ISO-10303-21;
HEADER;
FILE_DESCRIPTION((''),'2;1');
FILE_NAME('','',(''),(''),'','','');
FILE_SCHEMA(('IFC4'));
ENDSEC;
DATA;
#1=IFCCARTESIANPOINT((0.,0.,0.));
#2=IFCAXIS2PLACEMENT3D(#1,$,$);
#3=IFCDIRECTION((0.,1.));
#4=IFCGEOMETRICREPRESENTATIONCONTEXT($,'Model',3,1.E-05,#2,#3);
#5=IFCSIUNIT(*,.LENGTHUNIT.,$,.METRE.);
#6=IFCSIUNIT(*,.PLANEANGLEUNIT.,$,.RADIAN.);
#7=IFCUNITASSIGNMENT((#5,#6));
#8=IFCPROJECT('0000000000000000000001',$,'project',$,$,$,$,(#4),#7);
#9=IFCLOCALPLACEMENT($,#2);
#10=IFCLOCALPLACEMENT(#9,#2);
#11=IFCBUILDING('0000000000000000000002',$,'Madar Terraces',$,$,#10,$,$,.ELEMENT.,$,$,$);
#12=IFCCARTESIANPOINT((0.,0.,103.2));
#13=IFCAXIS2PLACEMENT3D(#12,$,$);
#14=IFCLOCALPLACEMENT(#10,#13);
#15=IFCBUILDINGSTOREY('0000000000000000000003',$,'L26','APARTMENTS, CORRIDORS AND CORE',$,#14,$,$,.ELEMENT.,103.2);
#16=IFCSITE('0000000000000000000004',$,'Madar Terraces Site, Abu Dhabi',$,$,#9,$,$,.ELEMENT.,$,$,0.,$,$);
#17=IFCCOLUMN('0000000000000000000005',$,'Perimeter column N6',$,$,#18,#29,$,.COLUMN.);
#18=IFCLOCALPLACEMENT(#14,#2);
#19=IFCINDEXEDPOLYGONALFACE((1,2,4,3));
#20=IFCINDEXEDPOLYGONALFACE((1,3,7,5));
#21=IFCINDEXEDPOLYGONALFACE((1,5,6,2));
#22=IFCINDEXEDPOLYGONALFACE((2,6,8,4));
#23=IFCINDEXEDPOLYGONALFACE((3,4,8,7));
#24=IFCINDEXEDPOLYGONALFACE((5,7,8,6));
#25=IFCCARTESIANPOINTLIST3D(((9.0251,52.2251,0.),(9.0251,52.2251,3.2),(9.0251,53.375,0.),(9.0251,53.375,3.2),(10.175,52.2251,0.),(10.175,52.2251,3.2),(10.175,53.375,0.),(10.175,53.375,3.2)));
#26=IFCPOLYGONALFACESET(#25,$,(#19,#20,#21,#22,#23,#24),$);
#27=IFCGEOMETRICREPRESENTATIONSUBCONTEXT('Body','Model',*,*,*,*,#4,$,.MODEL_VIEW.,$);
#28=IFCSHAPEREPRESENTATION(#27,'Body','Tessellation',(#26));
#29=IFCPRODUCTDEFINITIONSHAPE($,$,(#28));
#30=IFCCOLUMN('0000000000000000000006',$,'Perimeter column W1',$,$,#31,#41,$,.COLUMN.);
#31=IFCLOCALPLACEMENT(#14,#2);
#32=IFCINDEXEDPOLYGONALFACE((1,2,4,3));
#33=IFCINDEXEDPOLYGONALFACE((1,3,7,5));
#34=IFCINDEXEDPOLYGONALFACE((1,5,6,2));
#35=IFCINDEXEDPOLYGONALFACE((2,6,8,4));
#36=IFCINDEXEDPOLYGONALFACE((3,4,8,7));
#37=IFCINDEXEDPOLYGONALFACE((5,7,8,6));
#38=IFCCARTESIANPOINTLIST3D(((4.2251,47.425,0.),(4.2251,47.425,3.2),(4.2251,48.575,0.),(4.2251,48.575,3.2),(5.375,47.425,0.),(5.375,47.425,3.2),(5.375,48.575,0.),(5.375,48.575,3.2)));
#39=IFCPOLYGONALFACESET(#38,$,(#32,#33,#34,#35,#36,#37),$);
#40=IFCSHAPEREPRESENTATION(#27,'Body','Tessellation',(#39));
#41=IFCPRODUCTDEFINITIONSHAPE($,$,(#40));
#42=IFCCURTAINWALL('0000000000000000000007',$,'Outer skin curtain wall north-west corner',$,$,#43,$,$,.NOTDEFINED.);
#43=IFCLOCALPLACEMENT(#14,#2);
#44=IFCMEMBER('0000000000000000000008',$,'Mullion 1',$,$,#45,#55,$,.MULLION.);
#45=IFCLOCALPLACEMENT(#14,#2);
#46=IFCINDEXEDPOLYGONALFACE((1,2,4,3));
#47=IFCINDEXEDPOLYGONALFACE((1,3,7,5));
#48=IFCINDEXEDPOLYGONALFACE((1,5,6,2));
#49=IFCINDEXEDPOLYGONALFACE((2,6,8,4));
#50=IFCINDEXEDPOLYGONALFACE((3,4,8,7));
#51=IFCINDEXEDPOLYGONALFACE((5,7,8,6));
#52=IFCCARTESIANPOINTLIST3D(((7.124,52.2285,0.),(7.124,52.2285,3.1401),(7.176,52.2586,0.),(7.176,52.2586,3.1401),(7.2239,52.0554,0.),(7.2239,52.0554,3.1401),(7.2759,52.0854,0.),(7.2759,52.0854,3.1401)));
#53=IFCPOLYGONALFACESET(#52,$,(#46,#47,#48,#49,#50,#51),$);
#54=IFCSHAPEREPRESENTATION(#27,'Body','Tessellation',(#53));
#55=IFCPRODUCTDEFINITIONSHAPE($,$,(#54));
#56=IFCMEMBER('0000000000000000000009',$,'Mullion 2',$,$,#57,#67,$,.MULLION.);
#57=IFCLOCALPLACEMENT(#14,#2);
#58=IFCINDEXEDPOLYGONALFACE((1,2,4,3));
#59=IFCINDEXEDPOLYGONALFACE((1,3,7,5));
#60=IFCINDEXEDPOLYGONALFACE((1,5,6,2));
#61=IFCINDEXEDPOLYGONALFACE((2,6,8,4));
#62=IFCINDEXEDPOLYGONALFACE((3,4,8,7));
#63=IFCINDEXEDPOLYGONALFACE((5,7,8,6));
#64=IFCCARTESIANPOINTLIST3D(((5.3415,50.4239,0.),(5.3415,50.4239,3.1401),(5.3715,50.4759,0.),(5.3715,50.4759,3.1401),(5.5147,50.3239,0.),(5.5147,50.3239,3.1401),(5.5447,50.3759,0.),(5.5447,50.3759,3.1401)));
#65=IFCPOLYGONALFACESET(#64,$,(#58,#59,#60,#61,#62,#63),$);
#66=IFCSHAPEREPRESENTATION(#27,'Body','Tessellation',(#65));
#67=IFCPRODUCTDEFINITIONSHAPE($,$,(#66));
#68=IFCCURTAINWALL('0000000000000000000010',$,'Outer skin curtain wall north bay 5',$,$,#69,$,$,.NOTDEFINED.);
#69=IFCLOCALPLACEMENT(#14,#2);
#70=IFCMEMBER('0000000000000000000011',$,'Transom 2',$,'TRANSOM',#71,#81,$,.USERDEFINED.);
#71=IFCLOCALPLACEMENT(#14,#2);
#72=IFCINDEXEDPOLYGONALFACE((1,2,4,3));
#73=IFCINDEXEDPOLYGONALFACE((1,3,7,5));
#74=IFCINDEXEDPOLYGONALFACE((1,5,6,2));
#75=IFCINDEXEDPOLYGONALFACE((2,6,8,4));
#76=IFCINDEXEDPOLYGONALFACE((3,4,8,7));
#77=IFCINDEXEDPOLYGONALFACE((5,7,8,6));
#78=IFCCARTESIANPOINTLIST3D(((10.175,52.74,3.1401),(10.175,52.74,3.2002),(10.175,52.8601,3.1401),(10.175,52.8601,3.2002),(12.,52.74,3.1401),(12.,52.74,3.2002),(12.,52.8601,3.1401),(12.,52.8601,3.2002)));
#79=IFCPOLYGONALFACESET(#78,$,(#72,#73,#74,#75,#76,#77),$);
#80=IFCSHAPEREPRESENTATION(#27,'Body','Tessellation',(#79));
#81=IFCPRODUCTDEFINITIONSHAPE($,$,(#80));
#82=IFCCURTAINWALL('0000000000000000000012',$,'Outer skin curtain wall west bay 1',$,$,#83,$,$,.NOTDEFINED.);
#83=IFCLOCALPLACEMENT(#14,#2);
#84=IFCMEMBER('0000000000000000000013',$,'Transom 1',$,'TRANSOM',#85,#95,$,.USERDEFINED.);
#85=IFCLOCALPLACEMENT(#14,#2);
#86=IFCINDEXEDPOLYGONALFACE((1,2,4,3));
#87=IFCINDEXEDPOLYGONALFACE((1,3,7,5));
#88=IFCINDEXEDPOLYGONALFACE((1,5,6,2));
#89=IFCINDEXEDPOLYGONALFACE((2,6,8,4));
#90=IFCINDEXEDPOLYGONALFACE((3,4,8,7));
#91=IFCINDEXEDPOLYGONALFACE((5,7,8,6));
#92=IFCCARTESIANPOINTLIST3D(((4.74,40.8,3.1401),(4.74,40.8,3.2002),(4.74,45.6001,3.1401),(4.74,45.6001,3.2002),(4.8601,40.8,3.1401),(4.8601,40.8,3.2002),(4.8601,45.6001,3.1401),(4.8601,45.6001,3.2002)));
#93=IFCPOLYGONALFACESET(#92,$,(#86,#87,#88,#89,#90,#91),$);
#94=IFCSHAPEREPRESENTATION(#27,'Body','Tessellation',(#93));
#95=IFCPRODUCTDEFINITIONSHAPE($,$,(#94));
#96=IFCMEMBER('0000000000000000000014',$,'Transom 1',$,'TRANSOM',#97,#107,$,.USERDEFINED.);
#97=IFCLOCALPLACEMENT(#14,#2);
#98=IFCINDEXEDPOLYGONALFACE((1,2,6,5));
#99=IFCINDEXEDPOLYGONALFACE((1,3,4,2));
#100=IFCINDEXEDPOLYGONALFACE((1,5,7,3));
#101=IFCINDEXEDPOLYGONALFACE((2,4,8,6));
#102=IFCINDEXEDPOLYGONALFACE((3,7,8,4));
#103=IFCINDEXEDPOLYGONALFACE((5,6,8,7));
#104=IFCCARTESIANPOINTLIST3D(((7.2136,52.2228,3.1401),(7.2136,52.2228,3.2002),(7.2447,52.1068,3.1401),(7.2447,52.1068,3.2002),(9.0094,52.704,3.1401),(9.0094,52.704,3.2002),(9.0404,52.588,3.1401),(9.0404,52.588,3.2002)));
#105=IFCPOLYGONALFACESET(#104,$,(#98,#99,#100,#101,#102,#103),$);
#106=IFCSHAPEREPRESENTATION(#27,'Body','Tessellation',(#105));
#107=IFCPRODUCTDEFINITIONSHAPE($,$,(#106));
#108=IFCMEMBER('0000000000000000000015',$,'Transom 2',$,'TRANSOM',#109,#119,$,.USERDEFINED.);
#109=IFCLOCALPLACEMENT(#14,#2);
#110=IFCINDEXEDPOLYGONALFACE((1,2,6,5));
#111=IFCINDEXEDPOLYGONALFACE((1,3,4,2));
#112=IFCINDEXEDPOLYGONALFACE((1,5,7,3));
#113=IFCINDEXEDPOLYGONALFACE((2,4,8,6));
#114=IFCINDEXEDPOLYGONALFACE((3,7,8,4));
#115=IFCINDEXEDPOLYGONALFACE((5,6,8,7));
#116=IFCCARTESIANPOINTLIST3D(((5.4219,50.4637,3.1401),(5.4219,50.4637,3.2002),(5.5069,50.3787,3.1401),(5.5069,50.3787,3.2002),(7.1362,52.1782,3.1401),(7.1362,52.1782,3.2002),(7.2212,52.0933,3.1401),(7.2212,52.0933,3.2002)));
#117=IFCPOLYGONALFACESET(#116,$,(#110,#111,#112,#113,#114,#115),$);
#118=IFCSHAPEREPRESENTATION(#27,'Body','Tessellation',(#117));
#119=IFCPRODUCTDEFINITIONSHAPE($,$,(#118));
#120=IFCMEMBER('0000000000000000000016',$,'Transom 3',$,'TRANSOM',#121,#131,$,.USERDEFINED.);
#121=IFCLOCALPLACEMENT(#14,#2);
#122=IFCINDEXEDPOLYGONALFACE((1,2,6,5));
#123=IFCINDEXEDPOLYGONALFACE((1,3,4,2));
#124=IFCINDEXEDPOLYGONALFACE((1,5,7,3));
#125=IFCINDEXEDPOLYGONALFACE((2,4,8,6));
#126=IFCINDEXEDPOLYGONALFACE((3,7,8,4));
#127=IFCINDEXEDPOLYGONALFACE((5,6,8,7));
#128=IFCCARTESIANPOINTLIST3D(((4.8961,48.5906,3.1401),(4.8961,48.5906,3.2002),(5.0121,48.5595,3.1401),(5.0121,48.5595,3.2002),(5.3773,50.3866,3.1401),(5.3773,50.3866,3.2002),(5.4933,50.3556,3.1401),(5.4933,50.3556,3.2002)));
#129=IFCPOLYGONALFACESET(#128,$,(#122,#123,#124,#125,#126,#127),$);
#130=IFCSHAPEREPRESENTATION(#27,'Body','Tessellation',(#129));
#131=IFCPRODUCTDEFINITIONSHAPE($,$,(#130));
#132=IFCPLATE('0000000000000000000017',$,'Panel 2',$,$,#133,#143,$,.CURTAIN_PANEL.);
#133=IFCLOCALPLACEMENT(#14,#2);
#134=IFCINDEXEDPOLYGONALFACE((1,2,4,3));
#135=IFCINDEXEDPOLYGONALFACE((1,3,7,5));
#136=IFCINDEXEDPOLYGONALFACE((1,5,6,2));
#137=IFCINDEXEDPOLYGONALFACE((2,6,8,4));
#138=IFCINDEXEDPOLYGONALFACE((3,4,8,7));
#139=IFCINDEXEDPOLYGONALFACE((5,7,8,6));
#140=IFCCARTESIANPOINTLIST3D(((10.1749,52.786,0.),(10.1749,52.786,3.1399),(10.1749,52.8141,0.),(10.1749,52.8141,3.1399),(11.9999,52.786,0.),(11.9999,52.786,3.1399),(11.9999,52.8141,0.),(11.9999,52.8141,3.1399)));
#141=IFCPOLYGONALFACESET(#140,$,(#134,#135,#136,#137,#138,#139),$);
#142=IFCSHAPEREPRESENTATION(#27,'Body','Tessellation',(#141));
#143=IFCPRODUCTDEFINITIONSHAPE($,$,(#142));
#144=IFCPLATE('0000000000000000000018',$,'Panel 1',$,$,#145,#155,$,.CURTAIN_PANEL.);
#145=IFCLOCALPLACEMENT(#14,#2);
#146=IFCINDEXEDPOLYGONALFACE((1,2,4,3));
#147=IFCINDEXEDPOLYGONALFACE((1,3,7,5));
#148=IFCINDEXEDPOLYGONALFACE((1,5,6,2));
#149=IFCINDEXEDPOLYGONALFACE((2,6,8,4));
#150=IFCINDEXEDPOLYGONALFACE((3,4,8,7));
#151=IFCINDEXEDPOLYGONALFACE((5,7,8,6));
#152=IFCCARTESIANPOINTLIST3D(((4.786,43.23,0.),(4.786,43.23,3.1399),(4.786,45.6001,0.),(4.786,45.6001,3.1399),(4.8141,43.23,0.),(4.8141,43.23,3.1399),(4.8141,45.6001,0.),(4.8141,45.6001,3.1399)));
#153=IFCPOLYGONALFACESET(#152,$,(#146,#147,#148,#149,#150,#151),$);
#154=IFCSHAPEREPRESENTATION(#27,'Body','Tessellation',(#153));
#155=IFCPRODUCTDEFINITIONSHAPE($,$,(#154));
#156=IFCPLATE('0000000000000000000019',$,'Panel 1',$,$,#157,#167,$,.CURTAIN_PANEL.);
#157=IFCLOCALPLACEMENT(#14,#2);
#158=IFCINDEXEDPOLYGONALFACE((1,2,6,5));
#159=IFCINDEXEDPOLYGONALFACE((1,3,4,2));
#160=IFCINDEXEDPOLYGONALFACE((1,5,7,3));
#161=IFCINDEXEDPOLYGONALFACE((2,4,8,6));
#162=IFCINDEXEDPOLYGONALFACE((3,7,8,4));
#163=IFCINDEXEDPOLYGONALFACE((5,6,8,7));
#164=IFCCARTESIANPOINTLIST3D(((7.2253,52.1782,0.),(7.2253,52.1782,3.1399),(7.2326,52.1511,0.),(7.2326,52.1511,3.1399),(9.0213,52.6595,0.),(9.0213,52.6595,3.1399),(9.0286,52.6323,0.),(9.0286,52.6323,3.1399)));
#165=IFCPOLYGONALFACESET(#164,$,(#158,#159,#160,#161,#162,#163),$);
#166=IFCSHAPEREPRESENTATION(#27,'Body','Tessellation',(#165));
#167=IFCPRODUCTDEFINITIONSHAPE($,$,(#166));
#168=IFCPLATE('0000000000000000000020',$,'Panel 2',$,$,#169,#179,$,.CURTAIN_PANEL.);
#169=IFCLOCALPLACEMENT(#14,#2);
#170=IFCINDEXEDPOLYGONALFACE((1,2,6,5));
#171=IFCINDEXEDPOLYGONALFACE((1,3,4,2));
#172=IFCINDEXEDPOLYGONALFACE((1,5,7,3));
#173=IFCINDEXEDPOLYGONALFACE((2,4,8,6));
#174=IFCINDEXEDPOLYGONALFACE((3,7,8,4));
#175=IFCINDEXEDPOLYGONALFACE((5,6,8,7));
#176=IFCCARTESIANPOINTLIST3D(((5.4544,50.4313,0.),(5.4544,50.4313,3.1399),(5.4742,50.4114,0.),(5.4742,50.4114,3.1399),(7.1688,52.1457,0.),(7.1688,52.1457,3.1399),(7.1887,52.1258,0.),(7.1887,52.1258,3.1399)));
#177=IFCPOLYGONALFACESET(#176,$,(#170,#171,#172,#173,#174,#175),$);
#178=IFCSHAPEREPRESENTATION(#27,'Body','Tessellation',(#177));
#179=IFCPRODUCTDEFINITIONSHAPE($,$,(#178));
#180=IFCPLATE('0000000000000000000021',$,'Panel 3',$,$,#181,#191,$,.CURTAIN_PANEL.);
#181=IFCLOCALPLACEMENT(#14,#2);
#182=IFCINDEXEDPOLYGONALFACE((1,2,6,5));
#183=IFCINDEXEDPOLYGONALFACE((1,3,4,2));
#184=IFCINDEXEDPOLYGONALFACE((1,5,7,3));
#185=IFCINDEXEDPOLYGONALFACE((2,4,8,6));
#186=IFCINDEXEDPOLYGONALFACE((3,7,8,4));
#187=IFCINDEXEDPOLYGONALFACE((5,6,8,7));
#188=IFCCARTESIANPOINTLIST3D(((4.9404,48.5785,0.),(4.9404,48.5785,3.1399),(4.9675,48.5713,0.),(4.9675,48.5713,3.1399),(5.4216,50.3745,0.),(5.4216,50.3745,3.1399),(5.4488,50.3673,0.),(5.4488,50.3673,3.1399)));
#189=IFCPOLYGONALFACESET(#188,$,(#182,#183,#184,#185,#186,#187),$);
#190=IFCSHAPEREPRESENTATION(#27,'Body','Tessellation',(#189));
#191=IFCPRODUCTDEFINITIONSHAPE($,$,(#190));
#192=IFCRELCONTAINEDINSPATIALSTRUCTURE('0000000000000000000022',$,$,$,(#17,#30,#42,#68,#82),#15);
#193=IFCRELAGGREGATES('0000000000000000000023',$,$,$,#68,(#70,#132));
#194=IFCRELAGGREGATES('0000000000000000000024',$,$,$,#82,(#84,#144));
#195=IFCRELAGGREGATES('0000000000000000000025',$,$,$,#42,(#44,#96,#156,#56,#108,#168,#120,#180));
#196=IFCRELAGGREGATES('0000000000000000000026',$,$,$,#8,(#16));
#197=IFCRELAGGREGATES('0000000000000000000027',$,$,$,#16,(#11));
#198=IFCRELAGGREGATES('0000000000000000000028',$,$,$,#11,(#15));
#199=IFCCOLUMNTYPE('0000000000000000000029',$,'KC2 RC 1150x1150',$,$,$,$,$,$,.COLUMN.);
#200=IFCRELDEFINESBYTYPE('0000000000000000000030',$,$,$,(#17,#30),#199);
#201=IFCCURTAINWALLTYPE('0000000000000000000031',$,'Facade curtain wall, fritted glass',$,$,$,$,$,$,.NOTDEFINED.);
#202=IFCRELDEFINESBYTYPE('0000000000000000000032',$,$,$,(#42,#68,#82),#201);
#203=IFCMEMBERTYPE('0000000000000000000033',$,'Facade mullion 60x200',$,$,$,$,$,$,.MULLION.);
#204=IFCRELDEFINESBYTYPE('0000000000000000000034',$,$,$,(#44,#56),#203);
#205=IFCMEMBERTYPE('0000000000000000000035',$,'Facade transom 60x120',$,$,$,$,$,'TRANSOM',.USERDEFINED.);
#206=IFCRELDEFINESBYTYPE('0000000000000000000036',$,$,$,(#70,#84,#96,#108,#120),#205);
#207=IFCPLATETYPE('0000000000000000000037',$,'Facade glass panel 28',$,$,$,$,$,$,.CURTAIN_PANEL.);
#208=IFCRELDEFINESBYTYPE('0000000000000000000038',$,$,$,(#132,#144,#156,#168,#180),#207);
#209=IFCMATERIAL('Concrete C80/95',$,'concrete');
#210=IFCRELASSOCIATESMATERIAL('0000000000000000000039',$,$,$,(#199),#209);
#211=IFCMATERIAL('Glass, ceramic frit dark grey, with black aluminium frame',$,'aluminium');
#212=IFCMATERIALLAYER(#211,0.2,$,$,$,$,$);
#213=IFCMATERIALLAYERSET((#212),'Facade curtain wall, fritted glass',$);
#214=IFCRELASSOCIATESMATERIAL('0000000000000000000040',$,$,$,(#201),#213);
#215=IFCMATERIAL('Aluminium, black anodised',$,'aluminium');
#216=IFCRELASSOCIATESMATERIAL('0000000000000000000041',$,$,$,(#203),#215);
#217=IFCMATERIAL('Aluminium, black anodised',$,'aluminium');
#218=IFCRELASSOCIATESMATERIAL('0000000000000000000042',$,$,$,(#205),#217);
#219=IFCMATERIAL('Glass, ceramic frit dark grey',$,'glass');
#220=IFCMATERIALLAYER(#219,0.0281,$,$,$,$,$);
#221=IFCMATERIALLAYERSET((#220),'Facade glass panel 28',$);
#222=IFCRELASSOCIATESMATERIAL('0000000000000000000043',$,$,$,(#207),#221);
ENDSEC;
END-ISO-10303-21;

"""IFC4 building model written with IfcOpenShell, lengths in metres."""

from ifc_helpers import new_model, si_unit, direction, frame, origin, origin_2d, place, context, subcontext, project, spatial, rectangle, extrude, material, layer, layer_set, material_profile, profile_set, type_object, element, aggregate, save


model = new_model("IFC4")

# Units and contexts
model_context = context("Model", 3, precision=1e-05, world=origin(), true_north=direction((0.0, 1.0)))
body_context = subcontext(model_context, "Body", "Model", "MODEL_VIEW")
ifc_project = project(units=[si_unit("LENGTHUNIT", "METRE"), si_unit("PLANEANGLEUNIT", "RADIAN")], contexts=[model_context])

# Site, building, storey
site_placement = place(None, origin())
site = spatial("IfcSite", under=ifc_project, at=site_placement, Name="Madar Terraces Site, Abu Dhabi", CompositionType="ELEMENT", RefElevation=0.0)
building_placement = place(site_placement, origin())
building = spatial("IfcBuilding", under=site, at=building_placement, Name="Madar Terraces", CompositionType="ELEMENT")
storey_placement = place(building_placement, frame((0.0, 0.0, 103.2)))
storey = spatial("IfcBuildingStorey", under=building, at=storey_placement, Name="L26", Description="APARTMENTS, CORRIDORS AND CORE", CompositionType="ELEMENT", Elevation=103.2)

# Columns
ifc_material_1 = material(Name="Concrete C80/95", Category="concrete")
ifc_material_profile_1 = material_profile(ifc_material_1, rectangle(XDim=1.1499, YDim=1.1499, at=origin_2d()), Name="KC2 RC 1150x1150")
ifc_profile_set_1 = profile_set([ifc_material_profile_1], Name="Concrete C80/95")
column_type = type_object("IfcColumnType", Name="KC2 RC 1150x1150", PredefinedType="COLUMN", material=ifc_profile_set_1)
for number, where, z_axis, x_axis, name in (
    (1, (9.6001, 52.8, 0.0), (0.0, 0.0, 1.0), (1.0, 0.0, 0.0), "Perimeter column N6"),
    (2, (4.8, 48.0, 0.0), (0.0, 0.0, 1.0), (1.0, 0.0, 0.0), "Perimeter column W1"),
):
    element("IfcColumn", number, at=place(storey_placement, frame(where, z_axis=z_axis, x_axis=x_axis)), inside=storey, type_object=column_type, Name=name, PredefinedType="COLUMN", context=body_context, shape_type="SweptSolid", body=[
        extrude(rectangle(XDim=1.1499, YDim=1.1499, at=origin_2d()), origin(), (0.0, 0.0, 1.0), 3.2),
    ])

# Curtain wall, members
ifc_material_2 = material(Name="Glass, ceramic frit dark grey, with black aluminium frame", Category="aluminium")
ifc_layer_1 = layer(ifc_material_2, 0.2)
ifc_layer_set_1 = layer_set([ifc_layer_1], Name="Facade curtain wall, fritted glass")
curtain_wall_type = type_object("IfcCurtainWallType", Name="Facade curtain wall, fritted glass", PredefinedType="NOTDEFINED", material=ifc_layer_set_1)
curtain_wall_1_placement = place(storey_placement, origin())
curtain_wall_1 = element("IfcCurtainWall", 3, at=curtain_wall_1_placement, inside=storey, type_object=curtain_wall_type, Name="Outer skin curtain wall north-west corner", PredefinedType="NOTDEFINED")
ifc_material_3 = material(Name="Aluminium, black anodised", Category="aluminium")
ifc_material_profile_2 = material_profile(ifc_material_3, rectangle(XDim=0.2, YDim=0.0601, at=origin_2d()), Name="Facade mullion 60x200")
ifc_profile_set_2 = profile_set([ifc_material_profile_2], Name="Aluminium, black anodised")
member_type_1 = type_object("IfcMemberType", Name="Facade mullion 60x200", PredefinedType="MULLION", material=ifc_profile_set_2)
member_1_placement = place(storey_placement, frame((7.2, 52.157, 0.0), z_axis=(0.0, 0.0, 1.0), x_axis=(0.5, -0.866025, 0.0)))
member_1 = element("IfcMember", 4, at=member_1_placement, type_object=member_type_1, Name="Mullion 1", PredefinedType="MULLION", context=body_context, shape_type="SweptSolid", body=[
    extrude(rectangle(XDim=0.2, YDim=0.0601, at=origin_2d()), origin(), (0.0, 0.0, 1.0), 3.1401),
])
member_2_placement = place(storey_placement, frame((5.4431, 50.3999, 0.0), z_axis=(0.0, 0.0, 1.0), x_axis=(0.866025, -0.5, 0.0)))
member_2 = element("IfcMember", 5, at=member_2_placement, type_object=member_type_1, Name="Mullion 2", PredefinedType="MULLION", context=body_context, shape_type="SweptSolid", body=[
    extrude(rectangle(XDim=0.2, YDim=0.0601, at=origin_2d()), origin(), (0.0, 0.0, 1.0), 3.1401),
])

# Curtain walls, members
curtain_wall_2_placement = place(storey_placement, origin())
curtain_wall_2 = element("IfcCurtainWall", 6, at=curtain_wall_2_placement, inside=storey, type_object=curtain_wall_type, Name="Outer skin curtain wall north bay 5", PredefinedType="NOTDEFINED")
ifc_material_4 = material(Name="Aluminium, black anodised", Category="aluminium")
ifc_material_profile_3 = material_profile(ifc_material_4, rectangle(XDim=0.1201, YDim=0.0601, at=origin_2d()), Name="Facade transom 60x120")
ifc_profile_set_3 = profile_set([ifc_material_profile_3], Name="Aluminium, black anodised")
member_type_2 = type_object("IfcMemberType", Name="Facade transom 60x120", ElementType="TRANSOM", PredefinedType="USERDEFINED", material=ifc_profile_set_3)
member_3_placement = place(storey_placement, frame((12.0, 52.8, 3.1702), z_axis=(-1.0, 0.0, 0.0), x_axis=(0.0, -1.0, 0.0)))
member_3 = element("IfcMember", 7, at=member_3_placement, type_object=member_type_2, Name="Transom 2", ObjectType="TRANSOM", PredefinedType="USERDEFINED", context=body_context, shape_type="SweptSolid", body=[
    extrude(rectangle(XDim=0.1201, YDim=0.0601, at=origin_2d()), origin(), (0.0, 0.0, 1.0), 1.825),
])
curtain_wall_3_placement = place(storey_placement, origin())
curtain_wall_3 = element("IfcCurtainWall", 8, at=curtain_wall_3_placement, inside=storey, type_object=curtain_wall_type, Name="Outer skin curtain wall west bay 1", PredefinedType="NOTDEFINED")
member_4_placement = place(storey_placement, frame((4.8, 45.6001, 3.1702), z_axis=(0.0, -1.0, 0.0), x_axis=(1.0, 0.0, 0.0)))
member_4 = element("IfcMember", 9, at=member_4_placement, type_object=member_type_2, Name="Transom 1", ObjectType="TRANSOM", PredefinedType="USERDEFINED", context=body_context, shape_type="SweptSolid", body=[
    extrude(rectangle(XDim=0.1201, YDim=0.0601, at=origin_2d()), origin(), (0.0, 0.0, 1.0), 4.8),
])

# Members
member_5_placement = place(storey_placement, frame((9.0249, 52.646, 3.1702), z_axis=(-0.965927, -0.258815, 0.0), x_axis=(0.258815, -0.965927, 0.0)))
member_5 = element("IfcMember", 10, at=member_5_placement, type_object=member_type_2, Name="Transom 1", ObjectType="TRANSOM", PredefinedType="USERDEFINED", context=body_context, shape_type="SweptSolid", body=[
    extrude(rectangle(XDim=0.1201, YDim=0.0601, at=origin_2d()), origin(), (0.0, 0.0, 1.0), 1.8591),
])
member_6_placement = place(storey_placement, frame((7.1787, 52.1357, 3.1702), z_axis=(-0.707056, -0.707157, 0.0), x_axis=(0.707157, -0.707056, 0.0)))
member_6 = element("IfcMember", 11, at=member_6_placement, type_object=member_type_2, Name="Transom 2", ObjectType="TRANSOM", PredefinedType="USERDEFINED", context=body_context, shape_type="SweptSolid", body=[
    extrude(rectangle(XDim=0.1201, YDim=0.0601, at=origin_2d()), origin(), (0.0, 0.0, 1.0), 2.4246),
])
member_7_placement = place(storey_placement, frame((5.4353, 50.3711, 3.1702), z_axis=(-0.258782, -0.965936, 0.0), x_axis=(0.965936, -0.258782, 0.0)))
member_7 = element("IfcMember", 12, at=member_7_placement, type_object=member_type_2, Name="Transom 3", ObjectType="TRANSOM", PredefinedType="USERDEFINED", context=body_context, shape_type="SweptSolid", body=[
    extrude(rectangle(XDim=0.1201, YDim=0.0601, at=origin_2d()), origin(), (0.0, 0.0, 1.0), 1.8594),
])

# Plates
ifc_material_5 = material(Name="Glass, ceramic frit dark grey", Category="glass")
ifc_layer_2 = layer(ifc_material_5, 0.0281)
ifc_layer_set_2 = layer_set([ifc_layer_2], Name="Facade glass panel 28")
plate_type = type_object("IfcPlateType", Name="Facade glass panel 28", PredefinedType="CURTAIN_PANEL", material=ifc_layer_set_2)
plate_1_placement = place(storey_placement, frame((11.0874, 52.8, 0.0), z_axis=(0.0, 0.0, 1.0), x_axis=(-1.0, 0.0, 0.0)))
plate_1 = element("IfcPlate", 13, at=plate_1_placement, type_object=plate_type, Name="Panel 2", PredefinedType="CURTAIN_PANEL", context=body_context, shape_type="SweptSolid", body=[
    extrude(rectangle(XDim=1.825, YDim=0.0281, at=origin_2d()), origin(), (0.0, 0.0, 1.0), 3.1399),
])
aggregate(curtain_wall_2, [member_3, plate_1])
plate_2_placement = place(storey_placement, frame((4.8, 44.415, 0.0), z_axis=(0.0, 0.0, 1.0), x_axis=(0.0, -1.0, 0.0)))
plate_2 = element("IfcPlate", 14, at=plate_2_placement, type_object=plate_type, Name="Panel 1", PredefinedType="CURTAIN_PANEL", context=body_context, shape_type="SweptSolid", body=[
    extrude(rectangle(XDim=2.3701, YDim=0.0281, at=origin_2d()), origin(), (0.0, 0.0, 1.0), 3.1399),
])
aggregate(curtain_wall_3, [member_4, plate_2])
plate_3_placement = place(storey_placement, frame((8.127, 52.4053, 0.0), z_axis=(0.0, 0.0, 1.0), x_axis=(-0.965926, -0.258819, 0.0)))
plate_3 = element("IfcPlate", 15, at=plate_3_placement, type_object=plate_type, Name="Panel 1", PredefinedType="CURTAIN_PANEL", context=body_context, shape_type="SweptSolid", body=[
    extrude(rectangle(XDim=1.8594, YDim=0.0281, at=origin_2d()), origin(), (0.0, 0.0, 1.0), 3.1399),
])
plate_4_placement = place(storey_placement, frame((6.3215, 51.2786, 0.0), z_axis=(0.0, 0.0, 1.0), x_axis=(-0.707107, -0.707107, 0.0)))
plate_4 = element("IfcPlate", 16, at=plate_4_placement, type_object=plate_type, Name="Panel 2", PredefinedType="CURTAIN_PANEL", context=body_context, shape_type="SweptSolid", body=[
    extrude(rectangle(XDim=2.4246, YDim=0.0281, at=origin_2d()), origin(), (0.0, 0.0, 1.0), 3.1399),
])
plate_5_placement = place(storey_placement, frame((5.1946, 49.4729, 0.0), z_axis=(0.0, 0.0, 1.0), x_axis=(-0.258819, -0.965926, 0.0)))
plate_5 = element("IfcPlate", 17, at=plate_5_placement, type_object=plate_type, Name="Panel 3", PredefinedType="CURTAIN_PANEL", context=body_context, shape_type="SweptSolid", body=[
    extrude(rectangle(XDim=1.8594, YDim=0.0281, at=origin_2d()), origin(), (0.0, 0.0, 1.0), 3.1399),
])
aggregate(curtain_wall_1, [member_1, member_5, plate_3, member_2, member_6, plate_4, member_7, plate_5])

save(model, "model.ifc")
